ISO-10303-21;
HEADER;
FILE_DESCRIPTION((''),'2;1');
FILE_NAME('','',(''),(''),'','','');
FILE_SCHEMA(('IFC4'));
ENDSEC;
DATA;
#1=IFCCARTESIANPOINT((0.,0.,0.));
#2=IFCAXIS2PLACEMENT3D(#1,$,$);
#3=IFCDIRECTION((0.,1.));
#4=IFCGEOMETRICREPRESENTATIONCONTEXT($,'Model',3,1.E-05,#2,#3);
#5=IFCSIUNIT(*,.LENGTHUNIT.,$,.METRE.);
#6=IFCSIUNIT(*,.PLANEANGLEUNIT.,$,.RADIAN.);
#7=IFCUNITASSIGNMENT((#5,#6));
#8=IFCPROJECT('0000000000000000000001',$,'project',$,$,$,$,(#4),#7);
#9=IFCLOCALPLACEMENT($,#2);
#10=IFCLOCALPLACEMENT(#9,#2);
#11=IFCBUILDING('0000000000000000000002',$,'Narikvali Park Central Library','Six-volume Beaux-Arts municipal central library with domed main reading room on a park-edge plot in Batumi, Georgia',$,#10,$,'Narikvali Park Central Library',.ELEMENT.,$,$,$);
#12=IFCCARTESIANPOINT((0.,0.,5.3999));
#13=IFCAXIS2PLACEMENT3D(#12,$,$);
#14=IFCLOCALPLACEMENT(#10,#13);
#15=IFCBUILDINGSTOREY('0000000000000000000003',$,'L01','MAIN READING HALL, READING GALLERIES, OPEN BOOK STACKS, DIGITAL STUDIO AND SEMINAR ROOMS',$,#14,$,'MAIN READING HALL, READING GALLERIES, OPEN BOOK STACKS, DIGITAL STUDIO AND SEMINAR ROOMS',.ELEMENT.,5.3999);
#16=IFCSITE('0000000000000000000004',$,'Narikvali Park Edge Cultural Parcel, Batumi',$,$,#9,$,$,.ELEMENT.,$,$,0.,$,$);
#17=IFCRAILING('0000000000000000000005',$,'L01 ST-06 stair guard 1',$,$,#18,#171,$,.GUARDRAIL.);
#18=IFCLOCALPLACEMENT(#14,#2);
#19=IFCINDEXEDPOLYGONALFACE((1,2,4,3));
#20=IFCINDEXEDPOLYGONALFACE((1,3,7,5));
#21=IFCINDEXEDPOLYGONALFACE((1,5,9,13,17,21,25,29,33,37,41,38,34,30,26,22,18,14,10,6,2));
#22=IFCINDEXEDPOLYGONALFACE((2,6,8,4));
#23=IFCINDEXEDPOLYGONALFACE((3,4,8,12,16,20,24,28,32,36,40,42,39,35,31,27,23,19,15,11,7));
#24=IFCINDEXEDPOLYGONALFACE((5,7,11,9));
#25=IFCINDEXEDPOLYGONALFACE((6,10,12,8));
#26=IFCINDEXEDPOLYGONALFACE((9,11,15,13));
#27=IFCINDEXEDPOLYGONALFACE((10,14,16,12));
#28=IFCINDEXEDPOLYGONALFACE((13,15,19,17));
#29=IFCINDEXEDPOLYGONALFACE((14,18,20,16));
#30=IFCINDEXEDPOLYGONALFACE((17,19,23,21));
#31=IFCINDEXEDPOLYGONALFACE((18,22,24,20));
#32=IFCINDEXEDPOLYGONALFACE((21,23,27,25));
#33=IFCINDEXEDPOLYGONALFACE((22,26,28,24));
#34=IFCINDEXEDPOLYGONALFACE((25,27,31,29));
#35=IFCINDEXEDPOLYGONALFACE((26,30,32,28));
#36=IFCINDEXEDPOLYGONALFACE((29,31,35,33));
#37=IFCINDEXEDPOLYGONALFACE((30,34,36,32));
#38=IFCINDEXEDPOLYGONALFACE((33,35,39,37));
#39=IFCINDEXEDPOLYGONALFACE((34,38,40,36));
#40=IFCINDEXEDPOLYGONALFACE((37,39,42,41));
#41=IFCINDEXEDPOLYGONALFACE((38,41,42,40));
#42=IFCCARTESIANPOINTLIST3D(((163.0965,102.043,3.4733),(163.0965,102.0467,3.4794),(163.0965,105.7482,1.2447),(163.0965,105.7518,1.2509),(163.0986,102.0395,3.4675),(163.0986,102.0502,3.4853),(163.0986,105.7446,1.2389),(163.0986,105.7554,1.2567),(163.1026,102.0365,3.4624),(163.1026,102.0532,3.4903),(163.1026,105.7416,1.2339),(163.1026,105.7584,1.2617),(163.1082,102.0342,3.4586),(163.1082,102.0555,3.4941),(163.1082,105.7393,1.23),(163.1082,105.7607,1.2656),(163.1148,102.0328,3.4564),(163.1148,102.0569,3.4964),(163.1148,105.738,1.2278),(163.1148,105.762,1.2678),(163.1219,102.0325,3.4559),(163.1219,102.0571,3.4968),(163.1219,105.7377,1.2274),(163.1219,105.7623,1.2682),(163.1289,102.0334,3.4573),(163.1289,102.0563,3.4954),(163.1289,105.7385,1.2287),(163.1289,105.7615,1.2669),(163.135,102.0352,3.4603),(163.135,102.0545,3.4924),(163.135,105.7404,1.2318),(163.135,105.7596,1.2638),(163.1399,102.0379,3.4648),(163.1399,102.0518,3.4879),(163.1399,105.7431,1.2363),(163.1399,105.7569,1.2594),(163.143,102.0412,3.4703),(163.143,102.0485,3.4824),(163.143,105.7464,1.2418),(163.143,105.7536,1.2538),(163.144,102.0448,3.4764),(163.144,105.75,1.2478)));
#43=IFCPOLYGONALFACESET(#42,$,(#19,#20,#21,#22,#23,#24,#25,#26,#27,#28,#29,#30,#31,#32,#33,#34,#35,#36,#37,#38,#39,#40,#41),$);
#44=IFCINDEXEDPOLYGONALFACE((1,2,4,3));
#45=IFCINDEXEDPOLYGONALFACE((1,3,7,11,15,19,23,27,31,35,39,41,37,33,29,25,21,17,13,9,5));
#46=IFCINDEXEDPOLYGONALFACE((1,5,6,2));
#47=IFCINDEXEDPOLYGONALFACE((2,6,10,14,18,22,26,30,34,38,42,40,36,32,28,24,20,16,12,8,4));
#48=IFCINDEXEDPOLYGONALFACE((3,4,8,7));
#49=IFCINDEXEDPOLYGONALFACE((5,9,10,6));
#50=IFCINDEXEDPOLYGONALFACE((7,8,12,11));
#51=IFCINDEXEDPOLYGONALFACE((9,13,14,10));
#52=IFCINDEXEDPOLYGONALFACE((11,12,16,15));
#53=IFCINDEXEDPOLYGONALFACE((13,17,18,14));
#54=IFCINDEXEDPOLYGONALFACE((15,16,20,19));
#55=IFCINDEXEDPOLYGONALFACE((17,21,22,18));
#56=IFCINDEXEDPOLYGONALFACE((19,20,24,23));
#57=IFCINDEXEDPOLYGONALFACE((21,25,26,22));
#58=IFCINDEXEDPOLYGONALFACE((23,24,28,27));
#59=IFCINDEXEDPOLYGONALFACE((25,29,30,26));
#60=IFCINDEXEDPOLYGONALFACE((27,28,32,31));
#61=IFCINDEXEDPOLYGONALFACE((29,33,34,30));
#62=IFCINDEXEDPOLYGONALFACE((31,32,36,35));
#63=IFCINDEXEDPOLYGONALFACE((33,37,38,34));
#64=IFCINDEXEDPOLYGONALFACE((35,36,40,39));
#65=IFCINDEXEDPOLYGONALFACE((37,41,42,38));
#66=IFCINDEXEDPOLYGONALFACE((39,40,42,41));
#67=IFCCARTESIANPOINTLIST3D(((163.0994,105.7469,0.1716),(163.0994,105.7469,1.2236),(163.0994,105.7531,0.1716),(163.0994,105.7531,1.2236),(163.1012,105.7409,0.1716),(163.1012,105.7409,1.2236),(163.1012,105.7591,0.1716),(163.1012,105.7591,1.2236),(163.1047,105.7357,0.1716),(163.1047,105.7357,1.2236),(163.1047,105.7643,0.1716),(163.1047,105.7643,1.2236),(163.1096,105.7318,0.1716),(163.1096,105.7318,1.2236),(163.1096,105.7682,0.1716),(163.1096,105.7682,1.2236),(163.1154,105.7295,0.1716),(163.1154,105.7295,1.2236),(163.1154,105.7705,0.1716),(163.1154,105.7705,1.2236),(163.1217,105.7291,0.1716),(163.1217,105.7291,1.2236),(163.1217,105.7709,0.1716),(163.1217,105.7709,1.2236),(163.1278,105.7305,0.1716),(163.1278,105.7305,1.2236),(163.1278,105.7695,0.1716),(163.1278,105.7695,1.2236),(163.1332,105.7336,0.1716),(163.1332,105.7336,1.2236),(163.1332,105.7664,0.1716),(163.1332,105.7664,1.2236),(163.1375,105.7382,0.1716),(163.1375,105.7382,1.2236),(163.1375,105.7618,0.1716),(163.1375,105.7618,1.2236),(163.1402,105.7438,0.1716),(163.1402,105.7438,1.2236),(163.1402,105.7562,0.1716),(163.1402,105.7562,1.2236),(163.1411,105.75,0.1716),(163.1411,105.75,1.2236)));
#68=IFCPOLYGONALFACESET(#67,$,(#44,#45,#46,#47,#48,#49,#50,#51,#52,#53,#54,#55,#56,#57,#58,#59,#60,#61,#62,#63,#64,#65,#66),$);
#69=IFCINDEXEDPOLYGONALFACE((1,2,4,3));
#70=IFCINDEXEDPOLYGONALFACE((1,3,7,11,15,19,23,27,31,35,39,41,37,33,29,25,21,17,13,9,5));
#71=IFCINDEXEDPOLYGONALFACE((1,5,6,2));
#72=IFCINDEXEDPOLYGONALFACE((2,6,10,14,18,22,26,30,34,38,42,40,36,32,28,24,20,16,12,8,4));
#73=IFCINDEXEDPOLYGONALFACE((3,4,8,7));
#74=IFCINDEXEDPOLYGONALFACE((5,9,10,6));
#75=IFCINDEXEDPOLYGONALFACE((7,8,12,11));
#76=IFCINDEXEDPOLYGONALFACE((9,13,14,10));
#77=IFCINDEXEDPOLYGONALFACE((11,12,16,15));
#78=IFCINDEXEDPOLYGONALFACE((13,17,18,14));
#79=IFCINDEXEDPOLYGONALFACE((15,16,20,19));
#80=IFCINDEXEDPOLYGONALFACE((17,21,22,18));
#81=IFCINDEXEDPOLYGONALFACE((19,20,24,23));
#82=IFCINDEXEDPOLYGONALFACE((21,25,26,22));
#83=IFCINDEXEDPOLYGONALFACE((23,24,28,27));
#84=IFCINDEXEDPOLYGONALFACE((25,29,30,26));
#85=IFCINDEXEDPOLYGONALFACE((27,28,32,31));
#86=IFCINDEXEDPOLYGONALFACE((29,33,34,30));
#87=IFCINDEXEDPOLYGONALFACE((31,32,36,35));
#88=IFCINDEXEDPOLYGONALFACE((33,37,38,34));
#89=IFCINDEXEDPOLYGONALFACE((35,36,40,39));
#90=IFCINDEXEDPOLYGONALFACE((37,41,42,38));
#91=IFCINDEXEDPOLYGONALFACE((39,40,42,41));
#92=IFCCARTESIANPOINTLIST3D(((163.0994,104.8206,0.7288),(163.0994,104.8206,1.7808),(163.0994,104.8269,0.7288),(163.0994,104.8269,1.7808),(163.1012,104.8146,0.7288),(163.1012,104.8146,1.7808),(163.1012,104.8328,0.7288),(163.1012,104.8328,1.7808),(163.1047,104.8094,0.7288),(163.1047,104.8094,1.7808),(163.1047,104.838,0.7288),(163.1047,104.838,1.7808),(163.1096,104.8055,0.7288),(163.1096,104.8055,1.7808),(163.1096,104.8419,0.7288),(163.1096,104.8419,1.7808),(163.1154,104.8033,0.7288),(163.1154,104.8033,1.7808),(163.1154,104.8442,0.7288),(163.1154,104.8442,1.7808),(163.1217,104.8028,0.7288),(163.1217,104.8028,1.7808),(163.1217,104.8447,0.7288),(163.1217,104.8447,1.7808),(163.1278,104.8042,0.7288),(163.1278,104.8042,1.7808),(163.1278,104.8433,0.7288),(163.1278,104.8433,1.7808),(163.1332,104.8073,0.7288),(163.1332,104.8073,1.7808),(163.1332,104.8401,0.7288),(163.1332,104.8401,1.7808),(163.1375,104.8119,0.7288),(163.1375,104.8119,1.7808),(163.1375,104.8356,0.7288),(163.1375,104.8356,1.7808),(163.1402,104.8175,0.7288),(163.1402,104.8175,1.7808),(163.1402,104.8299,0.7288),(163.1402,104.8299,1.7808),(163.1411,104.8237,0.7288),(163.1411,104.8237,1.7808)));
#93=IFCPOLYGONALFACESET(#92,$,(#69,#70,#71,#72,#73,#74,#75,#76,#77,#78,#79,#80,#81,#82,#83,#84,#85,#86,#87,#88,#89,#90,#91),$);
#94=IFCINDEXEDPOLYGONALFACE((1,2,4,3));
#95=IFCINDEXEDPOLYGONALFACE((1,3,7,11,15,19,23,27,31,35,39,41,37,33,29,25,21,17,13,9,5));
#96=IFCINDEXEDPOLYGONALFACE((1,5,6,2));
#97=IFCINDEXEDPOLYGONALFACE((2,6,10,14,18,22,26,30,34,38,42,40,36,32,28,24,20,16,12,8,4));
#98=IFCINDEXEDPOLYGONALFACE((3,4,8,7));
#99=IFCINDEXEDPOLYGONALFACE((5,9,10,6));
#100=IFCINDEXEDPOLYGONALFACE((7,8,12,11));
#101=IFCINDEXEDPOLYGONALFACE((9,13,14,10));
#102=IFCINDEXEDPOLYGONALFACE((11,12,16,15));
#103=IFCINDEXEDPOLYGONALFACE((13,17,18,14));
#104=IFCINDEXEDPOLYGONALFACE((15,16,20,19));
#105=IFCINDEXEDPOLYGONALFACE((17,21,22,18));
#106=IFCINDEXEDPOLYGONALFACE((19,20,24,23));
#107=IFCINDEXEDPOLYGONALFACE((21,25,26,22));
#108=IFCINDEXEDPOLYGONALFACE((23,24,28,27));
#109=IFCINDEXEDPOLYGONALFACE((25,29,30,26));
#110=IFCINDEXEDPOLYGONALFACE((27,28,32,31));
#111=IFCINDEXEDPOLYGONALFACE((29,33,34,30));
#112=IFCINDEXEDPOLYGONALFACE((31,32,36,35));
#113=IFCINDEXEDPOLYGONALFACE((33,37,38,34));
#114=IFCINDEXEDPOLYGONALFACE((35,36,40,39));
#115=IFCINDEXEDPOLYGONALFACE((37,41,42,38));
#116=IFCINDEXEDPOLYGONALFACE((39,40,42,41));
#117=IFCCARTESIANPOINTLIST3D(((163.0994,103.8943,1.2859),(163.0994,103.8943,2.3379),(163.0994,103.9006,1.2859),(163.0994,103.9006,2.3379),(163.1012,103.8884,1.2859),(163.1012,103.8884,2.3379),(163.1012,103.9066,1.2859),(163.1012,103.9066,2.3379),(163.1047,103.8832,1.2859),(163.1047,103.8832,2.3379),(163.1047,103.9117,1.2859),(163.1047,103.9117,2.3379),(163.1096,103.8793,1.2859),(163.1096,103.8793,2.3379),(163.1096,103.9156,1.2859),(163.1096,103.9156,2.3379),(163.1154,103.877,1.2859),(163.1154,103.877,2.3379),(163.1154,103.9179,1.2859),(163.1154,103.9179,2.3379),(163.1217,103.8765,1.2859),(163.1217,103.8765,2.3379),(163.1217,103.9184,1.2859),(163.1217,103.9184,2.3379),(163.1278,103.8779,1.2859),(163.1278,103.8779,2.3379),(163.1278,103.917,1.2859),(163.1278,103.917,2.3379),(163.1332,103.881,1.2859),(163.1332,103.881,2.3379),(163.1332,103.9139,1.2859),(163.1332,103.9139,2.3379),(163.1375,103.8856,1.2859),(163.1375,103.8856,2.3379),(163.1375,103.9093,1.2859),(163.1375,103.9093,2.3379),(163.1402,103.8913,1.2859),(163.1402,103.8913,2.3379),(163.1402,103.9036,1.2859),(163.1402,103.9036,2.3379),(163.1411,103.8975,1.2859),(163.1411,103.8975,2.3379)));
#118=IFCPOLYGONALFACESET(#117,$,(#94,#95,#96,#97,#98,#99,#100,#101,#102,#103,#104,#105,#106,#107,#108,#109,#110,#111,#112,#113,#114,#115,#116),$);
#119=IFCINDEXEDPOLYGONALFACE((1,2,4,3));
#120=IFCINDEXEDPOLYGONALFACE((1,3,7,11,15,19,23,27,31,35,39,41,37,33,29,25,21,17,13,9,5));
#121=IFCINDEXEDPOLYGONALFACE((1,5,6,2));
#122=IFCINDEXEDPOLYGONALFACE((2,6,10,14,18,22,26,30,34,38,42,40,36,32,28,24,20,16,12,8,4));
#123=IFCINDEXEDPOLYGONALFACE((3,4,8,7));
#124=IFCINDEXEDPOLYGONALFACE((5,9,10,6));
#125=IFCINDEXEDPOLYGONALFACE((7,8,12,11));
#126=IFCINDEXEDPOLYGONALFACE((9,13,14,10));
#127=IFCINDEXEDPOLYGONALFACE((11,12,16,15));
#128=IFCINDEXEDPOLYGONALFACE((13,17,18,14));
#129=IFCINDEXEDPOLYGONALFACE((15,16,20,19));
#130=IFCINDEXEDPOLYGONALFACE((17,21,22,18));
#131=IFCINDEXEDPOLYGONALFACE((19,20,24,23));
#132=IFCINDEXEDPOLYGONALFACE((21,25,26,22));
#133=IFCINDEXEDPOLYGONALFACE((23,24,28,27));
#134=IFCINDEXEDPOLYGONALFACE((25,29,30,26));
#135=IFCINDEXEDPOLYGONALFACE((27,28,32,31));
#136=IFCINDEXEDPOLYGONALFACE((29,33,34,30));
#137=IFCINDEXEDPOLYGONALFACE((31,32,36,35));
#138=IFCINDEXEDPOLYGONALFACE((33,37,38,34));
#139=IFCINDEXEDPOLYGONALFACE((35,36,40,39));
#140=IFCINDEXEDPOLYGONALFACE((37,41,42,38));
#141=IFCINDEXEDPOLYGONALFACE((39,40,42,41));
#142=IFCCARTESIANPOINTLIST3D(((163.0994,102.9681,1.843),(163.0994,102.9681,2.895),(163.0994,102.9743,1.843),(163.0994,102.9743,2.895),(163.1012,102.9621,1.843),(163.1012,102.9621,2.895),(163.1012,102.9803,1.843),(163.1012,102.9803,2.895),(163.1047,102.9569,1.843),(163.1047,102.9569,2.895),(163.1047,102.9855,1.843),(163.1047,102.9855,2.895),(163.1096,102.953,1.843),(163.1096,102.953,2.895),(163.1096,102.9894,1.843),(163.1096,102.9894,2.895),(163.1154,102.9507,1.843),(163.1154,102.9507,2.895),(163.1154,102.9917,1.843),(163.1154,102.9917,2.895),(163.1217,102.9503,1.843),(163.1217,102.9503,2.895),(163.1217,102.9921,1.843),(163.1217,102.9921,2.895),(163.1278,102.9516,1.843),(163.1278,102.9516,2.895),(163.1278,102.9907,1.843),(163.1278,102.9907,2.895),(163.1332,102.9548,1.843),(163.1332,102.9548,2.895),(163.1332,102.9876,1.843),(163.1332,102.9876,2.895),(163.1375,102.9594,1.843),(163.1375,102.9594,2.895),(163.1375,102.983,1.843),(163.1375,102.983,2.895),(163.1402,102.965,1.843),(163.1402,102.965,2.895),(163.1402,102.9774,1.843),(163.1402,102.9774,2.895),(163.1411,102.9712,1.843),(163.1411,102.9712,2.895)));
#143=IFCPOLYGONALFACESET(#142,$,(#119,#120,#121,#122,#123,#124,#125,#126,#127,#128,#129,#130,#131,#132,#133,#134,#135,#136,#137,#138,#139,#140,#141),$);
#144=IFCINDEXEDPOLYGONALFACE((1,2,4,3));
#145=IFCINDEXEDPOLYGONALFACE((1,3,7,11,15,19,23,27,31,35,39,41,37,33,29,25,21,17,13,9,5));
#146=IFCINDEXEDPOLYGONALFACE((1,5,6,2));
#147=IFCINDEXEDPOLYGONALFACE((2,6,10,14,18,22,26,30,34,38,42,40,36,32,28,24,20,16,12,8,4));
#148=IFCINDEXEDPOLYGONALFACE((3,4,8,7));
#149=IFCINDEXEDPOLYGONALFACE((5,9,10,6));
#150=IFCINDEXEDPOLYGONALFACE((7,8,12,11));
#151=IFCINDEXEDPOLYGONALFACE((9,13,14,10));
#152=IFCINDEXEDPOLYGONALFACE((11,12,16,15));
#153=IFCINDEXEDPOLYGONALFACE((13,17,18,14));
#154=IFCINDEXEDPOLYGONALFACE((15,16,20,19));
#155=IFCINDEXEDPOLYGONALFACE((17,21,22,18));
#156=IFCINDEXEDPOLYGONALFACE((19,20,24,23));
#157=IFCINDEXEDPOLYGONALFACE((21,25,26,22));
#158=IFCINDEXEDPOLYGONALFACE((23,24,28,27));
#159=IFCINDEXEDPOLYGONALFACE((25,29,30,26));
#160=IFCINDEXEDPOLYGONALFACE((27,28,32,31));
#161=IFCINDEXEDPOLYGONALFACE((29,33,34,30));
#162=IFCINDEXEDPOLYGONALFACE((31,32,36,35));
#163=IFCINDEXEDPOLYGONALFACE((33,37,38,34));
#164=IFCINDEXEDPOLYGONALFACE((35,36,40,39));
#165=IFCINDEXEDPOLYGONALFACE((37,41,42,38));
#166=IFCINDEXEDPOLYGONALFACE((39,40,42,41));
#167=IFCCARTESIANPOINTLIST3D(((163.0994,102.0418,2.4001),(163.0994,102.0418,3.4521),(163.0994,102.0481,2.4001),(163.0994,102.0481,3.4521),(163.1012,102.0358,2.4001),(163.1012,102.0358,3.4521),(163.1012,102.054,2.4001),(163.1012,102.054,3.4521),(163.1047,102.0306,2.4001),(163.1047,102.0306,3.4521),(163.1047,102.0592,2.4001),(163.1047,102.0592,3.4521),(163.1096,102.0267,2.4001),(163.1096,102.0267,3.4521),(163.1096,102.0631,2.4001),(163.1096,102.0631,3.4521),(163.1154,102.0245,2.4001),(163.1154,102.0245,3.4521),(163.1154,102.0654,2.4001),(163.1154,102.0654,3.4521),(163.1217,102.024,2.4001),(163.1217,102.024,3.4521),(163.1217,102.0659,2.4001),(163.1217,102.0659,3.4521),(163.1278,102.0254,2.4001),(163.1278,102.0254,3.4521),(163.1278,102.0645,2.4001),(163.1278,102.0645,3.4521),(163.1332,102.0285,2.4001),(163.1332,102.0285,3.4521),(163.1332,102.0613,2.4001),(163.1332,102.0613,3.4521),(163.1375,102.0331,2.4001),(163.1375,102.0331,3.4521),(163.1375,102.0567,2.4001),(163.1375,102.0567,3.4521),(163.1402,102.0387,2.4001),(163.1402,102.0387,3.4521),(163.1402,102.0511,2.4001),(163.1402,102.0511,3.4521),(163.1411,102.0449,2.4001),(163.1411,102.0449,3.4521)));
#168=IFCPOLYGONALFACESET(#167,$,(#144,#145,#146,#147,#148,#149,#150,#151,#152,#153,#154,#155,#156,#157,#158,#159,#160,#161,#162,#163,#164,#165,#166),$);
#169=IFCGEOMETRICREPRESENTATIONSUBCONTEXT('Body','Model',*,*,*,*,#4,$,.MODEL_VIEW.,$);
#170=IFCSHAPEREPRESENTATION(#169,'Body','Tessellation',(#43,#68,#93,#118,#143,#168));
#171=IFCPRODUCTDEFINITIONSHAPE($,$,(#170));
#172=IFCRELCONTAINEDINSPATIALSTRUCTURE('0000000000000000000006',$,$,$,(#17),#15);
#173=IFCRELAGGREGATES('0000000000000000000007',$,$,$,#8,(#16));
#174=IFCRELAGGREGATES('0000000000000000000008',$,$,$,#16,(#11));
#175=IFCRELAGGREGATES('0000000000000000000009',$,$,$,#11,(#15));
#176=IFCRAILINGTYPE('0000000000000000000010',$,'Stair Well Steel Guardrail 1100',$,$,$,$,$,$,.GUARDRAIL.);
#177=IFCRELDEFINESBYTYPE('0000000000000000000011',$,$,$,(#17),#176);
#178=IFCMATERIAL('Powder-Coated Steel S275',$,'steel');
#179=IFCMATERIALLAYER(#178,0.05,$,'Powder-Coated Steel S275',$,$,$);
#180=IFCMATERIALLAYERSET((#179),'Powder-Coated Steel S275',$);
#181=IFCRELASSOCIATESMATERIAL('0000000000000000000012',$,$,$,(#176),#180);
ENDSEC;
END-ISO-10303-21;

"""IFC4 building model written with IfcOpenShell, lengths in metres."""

from ifc_helpers import new_model, si_unit, direction, frame, origin, origin_2d, place, context, subcontext, project, spatial, circle, extrude, material, layer, layer_set, type_object, element, save


model = new_model("IFC4")

# Units and contexts
model_context = context("Model", 3, precision=1e-05, world=origin(), true_north=direction((0.0, 1.0)))
body_context = subcontext(model_context, "Body", "Model", "MODEL_VIEW")
ifc_project = project(units=[si_unit("LENGTHUNIT", "METRE"), si_unit("PLANEANGLEUNIT", "RADIAN")], contexts=[model_context])

# Site, building, storey
site_placement = place(None, origin())
site = spatial("IfcSite", under=ifc_project, at=site_placement, Name="Narikvali Park Edge Cultural Parcel, Batumi", CompositionType="ELEMENT", RefElevation=0.0)
building_placement = place(site_placement, origin())
building = spatial("IfcBuilding", under=site, at=building_placement, Name="Narikvali Park Central Library", Description="Six-volume Beaux-Arts municipal central library with domed main reading room on a park-edge plot in Batumi, Georgia", LongName="Narikvali Park Central Library", CompositionType="ELEMENT")
storey_placement = place(building_placement, frame((0.0, 0.0, 5.3999)))
storey = spatial("IfcBuildingStorey", under=building, at=storey_placement, Name="L01", Description="MAIN READING HALL, READING GALLERIES, OPEN BOOK STACKS, DIGITAL STUDIO AND SEMINAR ROOMS", LongName="MAIN READING HALL, READING GALLERIES, OPEN BOOK STACKS, DIGITAL STUDIO AND SEMINAR ROOMS", CompositionType="ELEMENT", Elevation=5.3999)

# Railing
ifc_material_1 = material(Name="Powder-Coated Steel S275", Category="steel")
ifc_layer_1 = layer(ifc_material_1, 0.05, Name="Powder-Coated Steel S275")
ifc_layer_set_1 = layer_set([ifc_layer_1], Name="Powder-Coated Steel S275")
railing_type_1 = type_object("IfcRailingType", Name="Stair Well Steel Guardrail 1100", PredefinedType="GUARDRAIL", material=ifc_layer_set_1)
railing_1_placement = place(storey_placement, frame((163.1201, 105.75, 0.1716)))
element("IfcRailing", 1, at=railing_1_placement, inside=storey, type_object=railing_type_1, Name="L01 ST-06 stair guard 1", PredefinedType="GUARDRAIL", context=body_context, shape_type="SweptSolid", body=[
    extrude(circle(Radius=0.0239, at=origin_2d()), frame((0.0, 0.0, 1.0762), z_axis=(0.0, -0.856934, 0.515425), x_axis=(1.0, 0.0, 0.0)), (0.0, 0.0, 1.0), 4.3237),
    extrude(circle(Radius=0.021, at=origin_2d()), origin(), (0.0, 0.0, 1.0), 1.052),
    extrude(circle(Radius=0.021, at=origin_2d()), frame((0.0, -0.9263, 0.5571)), (0.0, 0.0, 1.0), 1.052),
    extrude(circle(Radius=0.021, at=origin_2d()), frame((0.0, -1.8525, 1.1143)), (0.0, 0.0, 1.0), 1.052),
    extrude(circle(Radius=0.021, at=origin_2d()), frame((0.0, -2.7788, 1.6714)), (0.0, 0.0, 1.0), 1.052),
    extrude(circle(Radius=0.021, at=origin_2d()), frame((0.0, -3.7051, 2.2285)), (0.0, 0.0, 1.0), 1.052),
])

save(model, "model.ifc")
